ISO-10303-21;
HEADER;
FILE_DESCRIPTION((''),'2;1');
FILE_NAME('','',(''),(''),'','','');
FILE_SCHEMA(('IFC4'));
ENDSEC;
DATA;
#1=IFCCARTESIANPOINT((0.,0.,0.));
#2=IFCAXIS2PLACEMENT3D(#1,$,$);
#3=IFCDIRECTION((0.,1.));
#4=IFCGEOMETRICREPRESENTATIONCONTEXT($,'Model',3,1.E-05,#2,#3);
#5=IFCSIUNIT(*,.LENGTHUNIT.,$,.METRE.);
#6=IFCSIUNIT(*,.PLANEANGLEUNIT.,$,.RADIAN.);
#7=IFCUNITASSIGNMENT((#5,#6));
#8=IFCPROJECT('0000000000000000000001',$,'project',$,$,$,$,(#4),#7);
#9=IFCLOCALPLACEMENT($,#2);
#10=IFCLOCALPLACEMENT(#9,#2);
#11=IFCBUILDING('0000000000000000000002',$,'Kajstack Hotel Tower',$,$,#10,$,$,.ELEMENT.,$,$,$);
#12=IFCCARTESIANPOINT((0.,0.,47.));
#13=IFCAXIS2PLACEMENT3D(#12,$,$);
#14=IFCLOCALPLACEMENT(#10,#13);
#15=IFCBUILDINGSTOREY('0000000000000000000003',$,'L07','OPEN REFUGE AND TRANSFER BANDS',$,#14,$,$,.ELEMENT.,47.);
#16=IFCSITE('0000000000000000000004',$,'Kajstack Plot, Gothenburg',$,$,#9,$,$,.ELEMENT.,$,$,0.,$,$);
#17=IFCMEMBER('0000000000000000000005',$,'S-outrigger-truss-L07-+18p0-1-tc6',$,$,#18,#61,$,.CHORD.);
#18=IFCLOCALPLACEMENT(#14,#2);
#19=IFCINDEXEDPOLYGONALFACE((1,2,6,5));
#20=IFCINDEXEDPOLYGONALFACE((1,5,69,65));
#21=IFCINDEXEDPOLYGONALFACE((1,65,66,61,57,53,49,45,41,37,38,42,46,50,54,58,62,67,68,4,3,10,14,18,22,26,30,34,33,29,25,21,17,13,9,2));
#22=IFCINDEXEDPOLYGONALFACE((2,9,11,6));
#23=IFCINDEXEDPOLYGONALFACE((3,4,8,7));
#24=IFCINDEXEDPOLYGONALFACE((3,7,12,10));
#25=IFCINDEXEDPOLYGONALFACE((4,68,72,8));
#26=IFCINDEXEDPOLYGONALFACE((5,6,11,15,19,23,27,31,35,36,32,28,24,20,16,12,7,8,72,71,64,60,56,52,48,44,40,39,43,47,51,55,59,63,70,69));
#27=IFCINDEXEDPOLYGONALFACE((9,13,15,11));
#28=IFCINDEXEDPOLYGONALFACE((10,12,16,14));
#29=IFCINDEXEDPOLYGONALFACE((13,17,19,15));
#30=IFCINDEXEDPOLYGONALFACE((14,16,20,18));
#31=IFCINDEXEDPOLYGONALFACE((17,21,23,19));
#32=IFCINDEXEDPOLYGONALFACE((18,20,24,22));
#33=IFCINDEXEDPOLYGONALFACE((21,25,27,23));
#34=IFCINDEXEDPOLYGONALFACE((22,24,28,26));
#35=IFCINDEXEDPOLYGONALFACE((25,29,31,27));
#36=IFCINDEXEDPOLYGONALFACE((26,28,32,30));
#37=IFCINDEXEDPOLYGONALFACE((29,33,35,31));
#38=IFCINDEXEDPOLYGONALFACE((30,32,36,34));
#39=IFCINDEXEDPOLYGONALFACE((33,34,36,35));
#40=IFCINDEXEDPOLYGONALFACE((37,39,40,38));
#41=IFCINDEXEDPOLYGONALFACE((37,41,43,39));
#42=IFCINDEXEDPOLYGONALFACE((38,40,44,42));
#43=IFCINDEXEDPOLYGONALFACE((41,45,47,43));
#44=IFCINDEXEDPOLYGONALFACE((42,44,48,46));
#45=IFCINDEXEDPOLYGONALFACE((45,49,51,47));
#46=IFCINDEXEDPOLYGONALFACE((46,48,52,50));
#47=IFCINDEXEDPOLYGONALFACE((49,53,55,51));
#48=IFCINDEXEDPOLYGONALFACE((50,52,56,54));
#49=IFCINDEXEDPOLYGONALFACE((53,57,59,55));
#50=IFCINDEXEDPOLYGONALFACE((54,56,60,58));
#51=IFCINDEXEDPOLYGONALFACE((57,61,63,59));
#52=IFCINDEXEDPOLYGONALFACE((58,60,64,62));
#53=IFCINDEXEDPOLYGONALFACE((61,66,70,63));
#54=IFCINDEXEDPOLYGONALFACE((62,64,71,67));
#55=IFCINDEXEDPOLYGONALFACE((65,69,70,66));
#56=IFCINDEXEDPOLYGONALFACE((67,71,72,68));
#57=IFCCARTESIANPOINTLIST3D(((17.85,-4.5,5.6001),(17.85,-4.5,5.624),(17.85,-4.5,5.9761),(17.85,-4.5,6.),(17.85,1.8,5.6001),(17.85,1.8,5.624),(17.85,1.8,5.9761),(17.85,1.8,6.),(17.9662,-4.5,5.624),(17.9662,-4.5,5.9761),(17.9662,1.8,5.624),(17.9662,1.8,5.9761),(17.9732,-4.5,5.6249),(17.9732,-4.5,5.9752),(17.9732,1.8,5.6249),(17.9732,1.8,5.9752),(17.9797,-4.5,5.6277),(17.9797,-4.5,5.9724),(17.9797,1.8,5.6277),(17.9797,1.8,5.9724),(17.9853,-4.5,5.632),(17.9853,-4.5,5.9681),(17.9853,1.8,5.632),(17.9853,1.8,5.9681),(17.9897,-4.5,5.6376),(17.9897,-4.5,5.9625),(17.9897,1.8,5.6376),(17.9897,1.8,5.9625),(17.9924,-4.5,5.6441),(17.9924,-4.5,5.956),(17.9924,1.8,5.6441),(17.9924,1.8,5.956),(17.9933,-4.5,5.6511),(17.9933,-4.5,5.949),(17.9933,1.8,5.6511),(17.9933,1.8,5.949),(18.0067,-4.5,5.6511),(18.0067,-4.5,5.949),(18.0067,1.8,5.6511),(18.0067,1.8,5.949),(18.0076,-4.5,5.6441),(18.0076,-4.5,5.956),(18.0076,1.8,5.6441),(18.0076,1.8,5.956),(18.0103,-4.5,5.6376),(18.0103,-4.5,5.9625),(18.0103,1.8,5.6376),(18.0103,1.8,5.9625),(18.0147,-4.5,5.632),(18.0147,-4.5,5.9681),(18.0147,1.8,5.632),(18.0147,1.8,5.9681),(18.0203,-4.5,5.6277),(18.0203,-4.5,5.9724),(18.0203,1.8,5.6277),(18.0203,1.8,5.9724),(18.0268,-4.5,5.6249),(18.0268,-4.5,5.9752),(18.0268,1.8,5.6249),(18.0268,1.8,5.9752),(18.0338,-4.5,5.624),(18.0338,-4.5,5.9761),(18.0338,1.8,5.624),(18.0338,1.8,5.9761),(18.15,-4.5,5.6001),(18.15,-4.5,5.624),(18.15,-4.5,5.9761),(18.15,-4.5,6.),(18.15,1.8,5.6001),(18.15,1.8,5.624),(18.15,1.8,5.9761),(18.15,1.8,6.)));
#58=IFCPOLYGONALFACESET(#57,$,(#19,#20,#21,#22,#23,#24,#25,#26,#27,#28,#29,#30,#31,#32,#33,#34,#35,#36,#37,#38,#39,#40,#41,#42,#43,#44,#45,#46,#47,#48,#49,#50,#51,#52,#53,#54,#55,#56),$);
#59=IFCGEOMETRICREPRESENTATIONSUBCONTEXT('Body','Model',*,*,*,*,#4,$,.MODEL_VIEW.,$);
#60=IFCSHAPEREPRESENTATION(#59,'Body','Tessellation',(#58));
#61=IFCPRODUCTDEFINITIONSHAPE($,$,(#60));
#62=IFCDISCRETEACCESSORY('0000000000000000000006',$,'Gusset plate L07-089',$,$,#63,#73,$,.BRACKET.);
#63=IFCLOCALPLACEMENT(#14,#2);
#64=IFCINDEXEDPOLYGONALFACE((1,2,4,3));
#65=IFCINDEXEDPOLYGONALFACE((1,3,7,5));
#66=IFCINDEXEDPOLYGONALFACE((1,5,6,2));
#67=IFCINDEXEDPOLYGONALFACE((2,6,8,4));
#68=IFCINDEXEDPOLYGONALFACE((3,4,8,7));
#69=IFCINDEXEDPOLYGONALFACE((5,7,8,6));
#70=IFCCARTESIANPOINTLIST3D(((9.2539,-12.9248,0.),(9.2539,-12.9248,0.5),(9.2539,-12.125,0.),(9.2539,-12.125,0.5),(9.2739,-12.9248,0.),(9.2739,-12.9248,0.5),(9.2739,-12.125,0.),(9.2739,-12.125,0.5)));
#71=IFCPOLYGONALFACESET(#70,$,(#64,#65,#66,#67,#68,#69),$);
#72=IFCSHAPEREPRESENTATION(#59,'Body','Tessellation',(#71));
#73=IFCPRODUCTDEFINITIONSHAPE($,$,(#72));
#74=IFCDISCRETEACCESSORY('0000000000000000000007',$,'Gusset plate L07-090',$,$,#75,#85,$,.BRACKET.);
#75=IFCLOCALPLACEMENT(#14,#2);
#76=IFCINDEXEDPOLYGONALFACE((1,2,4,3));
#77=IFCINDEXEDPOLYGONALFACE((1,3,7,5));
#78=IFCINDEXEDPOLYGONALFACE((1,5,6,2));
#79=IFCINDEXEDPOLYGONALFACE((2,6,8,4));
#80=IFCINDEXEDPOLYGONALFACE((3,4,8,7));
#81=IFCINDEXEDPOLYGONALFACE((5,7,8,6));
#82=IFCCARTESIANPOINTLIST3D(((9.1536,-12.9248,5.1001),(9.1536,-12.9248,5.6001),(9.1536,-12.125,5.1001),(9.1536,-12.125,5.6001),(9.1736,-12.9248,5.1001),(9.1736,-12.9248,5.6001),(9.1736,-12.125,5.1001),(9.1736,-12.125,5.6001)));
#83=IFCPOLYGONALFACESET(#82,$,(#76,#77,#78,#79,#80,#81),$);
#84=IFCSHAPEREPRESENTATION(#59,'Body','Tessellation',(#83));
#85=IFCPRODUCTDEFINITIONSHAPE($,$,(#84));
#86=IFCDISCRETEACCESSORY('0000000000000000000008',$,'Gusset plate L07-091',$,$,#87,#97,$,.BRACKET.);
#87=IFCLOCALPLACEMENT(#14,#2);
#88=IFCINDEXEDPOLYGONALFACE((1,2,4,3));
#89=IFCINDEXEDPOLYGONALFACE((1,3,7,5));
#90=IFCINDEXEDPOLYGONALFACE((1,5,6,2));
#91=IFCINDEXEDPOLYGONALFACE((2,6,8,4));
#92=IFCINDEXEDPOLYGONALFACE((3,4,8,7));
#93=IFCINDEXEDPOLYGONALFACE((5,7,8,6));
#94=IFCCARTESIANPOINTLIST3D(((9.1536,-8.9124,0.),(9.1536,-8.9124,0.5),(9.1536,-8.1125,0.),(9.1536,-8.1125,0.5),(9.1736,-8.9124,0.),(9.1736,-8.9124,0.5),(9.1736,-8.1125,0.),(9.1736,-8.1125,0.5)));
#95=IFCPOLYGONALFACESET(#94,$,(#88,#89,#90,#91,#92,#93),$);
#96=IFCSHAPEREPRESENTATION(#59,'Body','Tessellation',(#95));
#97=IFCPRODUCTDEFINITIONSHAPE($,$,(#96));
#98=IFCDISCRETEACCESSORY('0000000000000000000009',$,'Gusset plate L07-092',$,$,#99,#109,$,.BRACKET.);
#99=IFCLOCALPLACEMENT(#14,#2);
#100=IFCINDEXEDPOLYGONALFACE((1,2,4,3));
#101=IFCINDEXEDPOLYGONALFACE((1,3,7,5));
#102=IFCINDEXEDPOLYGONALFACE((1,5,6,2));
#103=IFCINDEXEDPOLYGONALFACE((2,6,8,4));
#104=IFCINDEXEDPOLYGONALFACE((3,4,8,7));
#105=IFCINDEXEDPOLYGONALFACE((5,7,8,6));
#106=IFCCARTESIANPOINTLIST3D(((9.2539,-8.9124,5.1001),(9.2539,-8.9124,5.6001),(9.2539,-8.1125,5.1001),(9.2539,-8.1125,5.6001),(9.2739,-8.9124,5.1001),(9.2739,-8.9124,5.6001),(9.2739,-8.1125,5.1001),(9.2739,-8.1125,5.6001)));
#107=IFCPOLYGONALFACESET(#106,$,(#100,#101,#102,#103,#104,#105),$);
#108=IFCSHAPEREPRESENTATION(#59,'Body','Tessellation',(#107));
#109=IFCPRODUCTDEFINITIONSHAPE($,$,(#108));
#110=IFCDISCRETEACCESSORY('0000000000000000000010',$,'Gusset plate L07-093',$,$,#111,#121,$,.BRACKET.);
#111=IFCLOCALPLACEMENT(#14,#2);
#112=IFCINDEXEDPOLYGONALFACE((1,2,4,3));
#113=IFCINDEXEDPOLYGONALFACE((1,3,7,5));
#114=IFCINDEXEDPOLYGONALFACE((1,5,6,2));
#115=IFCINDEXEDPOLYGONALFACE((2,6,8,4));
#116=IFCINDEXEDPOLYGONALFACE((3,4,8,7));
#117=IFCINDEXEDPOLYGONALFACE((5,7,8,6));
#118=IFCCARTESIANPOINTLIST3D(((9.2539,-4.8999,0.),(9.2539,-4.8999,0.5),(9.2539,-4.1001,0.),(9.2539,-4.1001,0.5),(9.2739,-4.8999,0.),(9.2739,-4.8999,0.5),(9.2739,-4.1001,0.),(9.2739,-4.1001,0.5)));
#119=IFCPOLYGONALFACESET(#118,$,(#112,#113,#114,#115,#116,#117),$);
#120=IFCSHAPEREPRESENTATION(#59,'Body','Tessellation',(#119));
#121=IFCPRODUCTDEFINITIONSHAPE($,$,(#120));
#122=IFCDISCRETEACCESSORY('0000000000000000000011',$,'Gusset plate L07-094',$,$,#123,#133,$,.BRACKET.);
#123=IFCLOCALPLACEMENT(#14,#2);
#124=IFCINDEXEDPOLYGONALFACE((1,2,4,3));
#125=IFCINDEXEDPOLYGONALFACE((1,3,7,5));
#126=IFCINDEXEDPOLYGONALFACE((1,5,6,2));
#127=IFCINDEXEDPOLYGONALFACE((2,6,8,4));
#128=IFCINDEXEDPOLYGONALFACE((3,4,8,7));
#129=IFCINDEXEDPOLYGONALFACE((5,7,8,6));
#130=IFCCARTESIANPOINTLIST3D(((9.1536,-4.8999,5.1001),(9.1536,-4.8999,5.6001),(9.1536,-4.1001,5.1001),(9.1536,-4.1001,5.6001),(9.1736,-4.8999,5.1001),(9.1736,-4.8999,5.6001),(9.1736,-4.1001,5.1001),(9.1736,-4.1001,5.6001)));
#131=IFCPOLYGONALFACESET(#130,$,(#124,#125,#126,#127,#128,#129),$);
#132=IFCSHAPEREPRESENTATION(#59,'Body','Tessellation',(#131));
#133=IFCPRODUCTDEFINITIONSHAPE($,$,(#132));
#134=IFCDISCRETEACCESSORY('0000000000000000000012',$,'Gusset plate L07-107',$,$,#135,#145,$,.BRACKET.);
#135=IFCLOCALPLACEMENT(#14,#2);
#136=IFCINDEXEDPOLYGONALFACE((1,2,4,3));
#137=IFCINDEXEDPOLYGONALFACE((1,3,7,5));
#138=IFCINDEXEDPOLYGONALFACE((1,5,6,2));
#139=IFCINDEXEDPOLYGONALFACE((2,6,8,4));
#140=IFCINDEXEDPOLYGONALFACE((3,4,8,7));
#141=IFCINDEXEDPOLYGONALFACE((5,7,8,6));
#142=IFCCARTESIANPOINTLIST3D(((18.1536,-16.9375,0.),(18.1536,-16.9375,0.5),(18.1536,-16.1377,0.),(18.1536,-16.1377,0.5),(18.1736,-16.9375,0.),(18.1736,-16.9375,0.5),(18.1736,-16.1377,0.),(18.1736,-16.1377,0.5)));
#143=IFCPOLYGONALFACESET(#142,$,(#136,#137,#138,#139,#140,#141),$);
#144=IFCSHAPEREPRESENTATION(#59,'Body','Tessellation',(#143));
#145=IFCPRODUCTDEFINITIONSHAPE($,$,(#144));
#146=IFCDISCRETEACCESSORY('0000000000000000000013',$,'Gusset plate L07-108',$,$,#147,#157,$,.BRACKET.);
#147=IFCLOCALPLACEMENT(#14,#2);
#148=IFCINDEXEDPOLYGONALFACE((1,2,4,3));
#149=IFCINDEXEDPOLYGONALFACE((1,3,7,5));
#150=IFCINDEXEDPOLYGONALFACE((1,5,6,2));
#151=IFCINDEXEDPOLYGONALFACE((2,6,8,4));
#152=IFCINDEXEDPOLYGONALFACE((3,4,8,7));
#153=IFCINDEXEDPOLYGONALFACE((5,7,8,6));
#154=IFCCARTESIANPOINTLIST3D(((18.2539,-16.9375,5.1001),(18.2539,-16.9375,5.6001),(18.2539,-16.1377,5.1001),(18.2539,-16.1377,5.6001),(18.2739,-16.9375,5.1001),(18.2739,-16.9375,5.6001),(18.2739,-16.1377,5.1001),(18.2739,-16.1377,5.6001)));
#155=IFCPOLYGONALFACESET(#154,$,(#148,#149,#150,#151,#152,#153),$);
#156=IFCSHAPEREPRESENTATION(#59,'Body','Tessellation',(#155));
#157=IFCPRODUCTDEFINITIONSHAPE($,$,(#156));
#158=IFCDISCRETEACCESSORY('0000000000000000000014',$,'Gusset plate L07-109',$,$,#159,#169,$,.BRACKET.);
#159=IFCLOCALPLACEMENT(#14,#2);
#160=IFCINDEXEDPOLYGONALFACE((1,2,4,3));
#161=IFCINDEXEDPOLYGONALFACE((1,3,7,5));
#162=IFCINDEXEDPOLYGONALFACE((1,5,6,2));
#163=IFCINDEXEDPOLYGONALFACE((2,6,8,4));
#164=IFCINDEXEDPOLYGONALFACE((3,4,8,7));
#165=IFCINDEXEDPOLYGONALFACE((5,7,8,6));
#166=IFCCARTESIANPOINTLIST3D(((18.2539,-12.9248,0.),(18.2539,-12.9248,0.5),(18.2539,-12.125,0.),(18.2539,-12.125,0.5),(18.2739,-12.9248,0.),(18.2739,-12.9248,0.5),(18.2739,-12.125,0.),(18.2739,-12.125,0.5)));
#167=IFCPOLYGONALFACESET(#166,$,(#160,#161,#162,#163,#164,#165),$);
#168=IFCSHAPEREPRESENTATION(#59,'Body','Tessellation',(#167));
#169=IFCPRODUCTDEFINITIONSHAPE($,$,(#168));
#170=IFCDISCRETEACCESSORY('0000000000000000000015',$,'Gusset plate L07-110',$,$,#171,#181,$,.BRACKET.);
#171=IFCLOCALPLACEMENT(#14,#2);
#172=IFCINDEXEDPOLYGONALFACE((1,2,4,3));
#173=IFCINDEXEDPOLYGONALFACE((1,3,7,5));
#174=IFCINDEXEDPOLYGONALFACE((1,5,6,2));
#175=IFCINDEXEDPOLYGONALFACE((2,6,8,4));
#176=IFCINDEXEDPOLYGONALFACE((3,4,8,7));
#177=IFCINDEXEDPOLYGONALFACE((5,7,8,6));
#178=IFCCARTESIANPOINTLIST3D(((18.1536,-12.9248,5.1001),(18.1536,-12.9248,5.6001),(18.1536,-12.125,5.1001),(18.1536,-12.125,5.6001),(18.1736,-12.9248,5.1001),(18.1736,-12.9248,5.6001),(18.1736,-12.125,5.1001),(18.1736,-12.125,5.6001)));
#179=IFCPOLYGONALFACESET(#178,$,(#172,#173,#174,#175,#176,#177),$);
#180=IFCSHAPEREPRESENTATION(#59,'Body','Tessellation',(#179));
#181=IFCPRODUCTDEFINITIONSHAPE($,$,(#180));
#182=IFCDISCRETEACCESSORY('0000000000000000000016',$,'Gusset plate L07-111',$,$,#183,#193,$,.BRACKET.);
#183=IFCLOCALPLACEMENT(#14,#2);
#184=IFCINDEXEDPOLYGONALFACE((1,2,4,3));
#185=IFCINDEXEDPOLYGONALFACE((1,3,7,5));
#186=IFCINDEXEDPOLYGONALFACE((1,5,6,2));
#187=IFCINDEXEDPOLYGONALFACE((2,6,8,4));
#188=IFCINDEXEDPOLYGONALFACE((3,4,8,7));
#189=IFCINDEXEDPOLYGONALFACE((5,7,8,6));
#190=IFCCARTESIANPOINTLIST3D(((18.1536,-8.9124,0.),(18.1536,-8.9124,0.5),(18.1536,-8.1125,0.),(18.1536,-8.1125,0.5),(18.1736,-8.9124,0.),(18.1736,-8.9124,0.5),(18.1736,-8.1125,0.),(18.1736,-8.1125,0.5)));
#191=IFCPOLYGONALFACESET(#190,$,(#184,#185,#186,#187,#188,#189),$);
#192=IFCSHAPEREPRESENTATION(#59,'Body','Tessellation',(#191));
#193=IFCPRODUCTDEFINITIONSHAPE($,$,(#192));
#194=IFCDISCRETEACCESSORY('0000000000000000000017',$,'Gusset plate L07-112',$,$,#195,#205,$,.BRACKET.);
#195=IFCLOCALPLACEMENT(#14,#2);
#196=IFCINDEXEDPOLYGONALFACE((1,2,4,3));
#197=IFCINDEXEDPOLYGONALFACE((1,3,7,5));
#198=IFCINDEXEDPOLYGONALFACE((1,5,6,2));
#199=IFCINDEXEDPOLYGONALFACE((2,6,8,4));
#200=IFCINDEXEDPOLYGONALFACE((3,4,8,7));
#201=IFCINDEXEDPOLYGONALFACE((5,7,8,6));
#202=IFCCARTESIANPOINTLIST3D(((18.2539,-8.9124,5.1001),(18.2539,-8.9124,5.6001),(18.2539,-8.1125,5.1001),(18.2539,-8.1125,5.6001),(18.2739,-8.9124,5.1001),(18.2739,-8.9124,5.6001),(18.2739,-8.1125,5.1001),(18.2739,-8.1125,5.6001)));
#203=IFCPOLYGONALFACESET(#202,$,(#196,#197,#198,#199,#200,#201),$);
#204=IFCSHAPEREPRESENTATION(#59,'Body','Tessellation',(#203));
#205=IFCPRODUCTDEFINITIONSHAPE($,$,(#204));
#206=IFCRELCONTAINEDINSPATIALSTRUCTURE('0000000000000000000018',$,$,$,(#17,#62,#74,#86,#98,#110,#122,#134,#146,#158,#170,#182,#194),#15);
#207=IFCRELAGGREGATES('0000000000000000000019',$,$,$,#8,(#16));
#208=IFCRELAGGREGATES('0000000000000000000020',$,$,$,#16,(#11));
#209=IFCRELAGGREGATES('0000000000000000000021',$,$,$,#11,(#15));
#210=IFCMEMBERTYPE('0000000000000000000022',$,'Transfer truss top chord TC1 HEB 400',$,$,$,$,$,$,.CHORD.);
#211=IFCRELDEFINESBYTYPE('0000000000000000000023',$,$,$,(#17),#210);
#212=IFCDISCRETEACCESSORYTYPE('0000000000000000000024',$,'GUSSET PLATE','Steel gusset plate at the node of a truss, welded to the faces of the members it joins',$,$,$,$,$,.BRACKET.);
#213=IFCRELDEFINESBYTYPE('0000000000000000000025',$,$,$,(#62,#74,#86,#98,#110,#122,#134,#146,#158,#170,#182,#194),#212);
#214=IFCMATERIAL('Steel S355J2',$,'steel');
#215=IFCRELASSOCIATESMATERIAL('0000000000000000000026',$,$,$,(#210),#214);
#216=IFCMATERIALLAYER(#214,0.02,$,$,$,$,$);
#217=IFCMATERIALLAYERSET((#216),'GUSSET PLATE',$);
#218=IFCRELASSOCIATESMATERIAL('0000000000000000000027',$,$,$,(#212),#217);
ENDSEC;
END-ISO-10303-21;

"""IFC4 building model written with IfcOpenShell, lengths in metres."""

from ifc_helpers import new_model, si_unit, direction, frame, origin, origin_2d, place, context, subcontext, project, spatial, polyline, i_section, outline, extrude, material, layer, layer_set, material_profile, profile_set, type_object, element, save


model = new_model("IFC4")

# Units and contexts
model_context = context("Model", 3, precision=1e-05, world=origin(), true_north=direction((0.0, 1.0)))
body_context = subcontext(model_context, "Body", "Model", "MODEL_VIEW")
ifc_project = project(units=[si_unit("LENGTHUNIT", "METRE"), si_unit("PLANEANGLEUNIT", "RADIAN")], contexts=[model_context])

# Site, building, storey
site_placement = place(None, origin())
site = spatial("IfcSite", under=ifc_project, at=site_placement, Name="Kajstack Plot, Gothenburg", CompositionType="ELEMENT", RefElevation=0.0)
building_placement = place(site_placement, origin())
building = spatial("IfcBuilding", under=site, at=building_placement, Name="Kajstack Hotel Tower", CompositionType="ELEMENT")
storey_placement = place(building_placement, frame((0.0, 0.0, 47.0)))
storey = spatial("IfcBuildingStorey", under=building, at=storey_placement, Name="L07", Description="OPEN REFUGE AND TRANSFER BANDS", CompositionType="ELEMENT", Elevation=47.0)

# Member
ifc_material = material(Name="Steel S355J2", Category="steel")
ifc_material_profile_1 = material_profile(ifc_material, i_section(OverallWidth=0.3, OverallDepth=0.3999, WebThickness=0.0134, FlangeThickness=0.0239, FilletRadius=0.0271, at=origin_2d()), Name="HEB 400")
ifc_profile_set_1 = profile_set([ifc_material_profile_1], Name="Steel S355J2")
member_type_1 = type_object("IfcMemberType", Name="Transfer truss top chord TC1 HEB 400", PredefinedType="CHORD", material=ifc_profile_set_1)
member_1_placement = place(storey_placement, frame((18.0, -4.5, 5.8), z_axis=(0.0, 1.0, 0.0), x_axis=(-1.0, 0.0, 0.0)))
element("IfcMember", 1, at=member_1_placement, inside=storey, type_object=member_type_1, Name="S-outrigger-truss-L07-+18p0-1-tc6", PredefinedType="CHORD", context=body_context, shape_type="SweptSolid", body=[
    extrude(i_section(OverallWidth=0.3, OverallDepth=0.3999, WebThickness=0.0134, FlangeThickness=0.0239, FilletRadius=0.0271, at=origin_2d()), origin(), (0.0, 0.0, 1.0), 6.3),
])

# Discrete accessories
ifc_layer = layer(ifc_material, 0.02)
ifc_layer_set = layer_set([ifc_layer], Name="GUSSET PLATE")
discrete_accessory_type = type_object("IfcDiscreteAccessoryType", Name="GUSSET PLATE", Description="Steel gusset plate at the node of a truss, welded to the faces of the members it joins", PredefinedType="BRACKET", material=ifc_layer_set)
for number, where, z_axis, x_axis, name in (
    (2, (9.2539, -12.5249, 0.0), (1.0, 0.0, 0.0), (0.0, 1.0, 0.0), "Gusset plate L07-089"),
    (3, (9.1536, -12.5249, 5.1001), (1.0, 0.0, 0.0), (0.0, 1.0, 0.0), "Gusset plate L07-090"),
    (4, (9.1536, -8.5125, 0.0), (1.0, 0.0, 0.0), (0.0, 1.0, 0.0), "Gusset plate L07-091"),
    (5, (9.2539, -8.5125, 5.1001), (1.0, 0.0, 0.0), (0.0, 1.0, 0.0), "Gusset plate L07-092"),
    (6, (9.2539, -4.5, 0.0), (1.0, 0.0, 0.0), (0.0, 1.0, 0.0), "Gusset plate L07-093"),
    (7, (9.1536, -4.5, 5.1001), (1.0, 0.0, 0.0), (0.0, 1.0, 0.0), "Gusset plate L07-094"),
    (8, (18.1536, -16.5376, 0.0), (1.0, 0.0, 0.0), (0.0, 1.0, 0.0), "Gusset plate L07-107"),
    (9, (18.2539, -16.5376, 5.1001), (1.0, 0.0, 0.0), (0.0, 1.0, 0.0), "Gusset plate L07-108"),
    (10, (18.2539, -12.5249, 0.0), (1.0, 0.0, 0.0), (0.0, 1.0, 0.0), "Gusset plate L07-109"),
    (11, (18.1536, -12.5249, 5.1001), (1.0, 0.0, 0.0), (0.0, 1.0, 0.0), "Gusset plate L07-110"),
    (12, (18.1536, -8.5125, 0.0), (1.0, 0.0, 0.0), (0.0, 1.0, 0.0), "Gusset plate L07-111"),
    (13, (18.2539, -8.5125, 5.1001), (1.0, 0.0, 0.0), (0.0, 1.0, 0.0), "Gusset plate L07-112"),
):
    element("IfcDiscreteAccessory", number, at=place(storey_placement, frame(where, z_axis=z_axis, x_axis=x_axis)), inside=storey, type_object=discrete_accessory_type, Name=name, PredefinedType="BRACKET", context=body_context, shape_type="SweptSolid", body=[
        extrude(outline(polyline([(-0.3999, 0.0), (0.3999, 0.0), (0.3999, 0.5), (-0.3999, 0.5), (-0.3999, 0.0)])), origin(), (0.0, 0.0, 1.0), 0.02),
    ])

save(model, "model.ifc")
